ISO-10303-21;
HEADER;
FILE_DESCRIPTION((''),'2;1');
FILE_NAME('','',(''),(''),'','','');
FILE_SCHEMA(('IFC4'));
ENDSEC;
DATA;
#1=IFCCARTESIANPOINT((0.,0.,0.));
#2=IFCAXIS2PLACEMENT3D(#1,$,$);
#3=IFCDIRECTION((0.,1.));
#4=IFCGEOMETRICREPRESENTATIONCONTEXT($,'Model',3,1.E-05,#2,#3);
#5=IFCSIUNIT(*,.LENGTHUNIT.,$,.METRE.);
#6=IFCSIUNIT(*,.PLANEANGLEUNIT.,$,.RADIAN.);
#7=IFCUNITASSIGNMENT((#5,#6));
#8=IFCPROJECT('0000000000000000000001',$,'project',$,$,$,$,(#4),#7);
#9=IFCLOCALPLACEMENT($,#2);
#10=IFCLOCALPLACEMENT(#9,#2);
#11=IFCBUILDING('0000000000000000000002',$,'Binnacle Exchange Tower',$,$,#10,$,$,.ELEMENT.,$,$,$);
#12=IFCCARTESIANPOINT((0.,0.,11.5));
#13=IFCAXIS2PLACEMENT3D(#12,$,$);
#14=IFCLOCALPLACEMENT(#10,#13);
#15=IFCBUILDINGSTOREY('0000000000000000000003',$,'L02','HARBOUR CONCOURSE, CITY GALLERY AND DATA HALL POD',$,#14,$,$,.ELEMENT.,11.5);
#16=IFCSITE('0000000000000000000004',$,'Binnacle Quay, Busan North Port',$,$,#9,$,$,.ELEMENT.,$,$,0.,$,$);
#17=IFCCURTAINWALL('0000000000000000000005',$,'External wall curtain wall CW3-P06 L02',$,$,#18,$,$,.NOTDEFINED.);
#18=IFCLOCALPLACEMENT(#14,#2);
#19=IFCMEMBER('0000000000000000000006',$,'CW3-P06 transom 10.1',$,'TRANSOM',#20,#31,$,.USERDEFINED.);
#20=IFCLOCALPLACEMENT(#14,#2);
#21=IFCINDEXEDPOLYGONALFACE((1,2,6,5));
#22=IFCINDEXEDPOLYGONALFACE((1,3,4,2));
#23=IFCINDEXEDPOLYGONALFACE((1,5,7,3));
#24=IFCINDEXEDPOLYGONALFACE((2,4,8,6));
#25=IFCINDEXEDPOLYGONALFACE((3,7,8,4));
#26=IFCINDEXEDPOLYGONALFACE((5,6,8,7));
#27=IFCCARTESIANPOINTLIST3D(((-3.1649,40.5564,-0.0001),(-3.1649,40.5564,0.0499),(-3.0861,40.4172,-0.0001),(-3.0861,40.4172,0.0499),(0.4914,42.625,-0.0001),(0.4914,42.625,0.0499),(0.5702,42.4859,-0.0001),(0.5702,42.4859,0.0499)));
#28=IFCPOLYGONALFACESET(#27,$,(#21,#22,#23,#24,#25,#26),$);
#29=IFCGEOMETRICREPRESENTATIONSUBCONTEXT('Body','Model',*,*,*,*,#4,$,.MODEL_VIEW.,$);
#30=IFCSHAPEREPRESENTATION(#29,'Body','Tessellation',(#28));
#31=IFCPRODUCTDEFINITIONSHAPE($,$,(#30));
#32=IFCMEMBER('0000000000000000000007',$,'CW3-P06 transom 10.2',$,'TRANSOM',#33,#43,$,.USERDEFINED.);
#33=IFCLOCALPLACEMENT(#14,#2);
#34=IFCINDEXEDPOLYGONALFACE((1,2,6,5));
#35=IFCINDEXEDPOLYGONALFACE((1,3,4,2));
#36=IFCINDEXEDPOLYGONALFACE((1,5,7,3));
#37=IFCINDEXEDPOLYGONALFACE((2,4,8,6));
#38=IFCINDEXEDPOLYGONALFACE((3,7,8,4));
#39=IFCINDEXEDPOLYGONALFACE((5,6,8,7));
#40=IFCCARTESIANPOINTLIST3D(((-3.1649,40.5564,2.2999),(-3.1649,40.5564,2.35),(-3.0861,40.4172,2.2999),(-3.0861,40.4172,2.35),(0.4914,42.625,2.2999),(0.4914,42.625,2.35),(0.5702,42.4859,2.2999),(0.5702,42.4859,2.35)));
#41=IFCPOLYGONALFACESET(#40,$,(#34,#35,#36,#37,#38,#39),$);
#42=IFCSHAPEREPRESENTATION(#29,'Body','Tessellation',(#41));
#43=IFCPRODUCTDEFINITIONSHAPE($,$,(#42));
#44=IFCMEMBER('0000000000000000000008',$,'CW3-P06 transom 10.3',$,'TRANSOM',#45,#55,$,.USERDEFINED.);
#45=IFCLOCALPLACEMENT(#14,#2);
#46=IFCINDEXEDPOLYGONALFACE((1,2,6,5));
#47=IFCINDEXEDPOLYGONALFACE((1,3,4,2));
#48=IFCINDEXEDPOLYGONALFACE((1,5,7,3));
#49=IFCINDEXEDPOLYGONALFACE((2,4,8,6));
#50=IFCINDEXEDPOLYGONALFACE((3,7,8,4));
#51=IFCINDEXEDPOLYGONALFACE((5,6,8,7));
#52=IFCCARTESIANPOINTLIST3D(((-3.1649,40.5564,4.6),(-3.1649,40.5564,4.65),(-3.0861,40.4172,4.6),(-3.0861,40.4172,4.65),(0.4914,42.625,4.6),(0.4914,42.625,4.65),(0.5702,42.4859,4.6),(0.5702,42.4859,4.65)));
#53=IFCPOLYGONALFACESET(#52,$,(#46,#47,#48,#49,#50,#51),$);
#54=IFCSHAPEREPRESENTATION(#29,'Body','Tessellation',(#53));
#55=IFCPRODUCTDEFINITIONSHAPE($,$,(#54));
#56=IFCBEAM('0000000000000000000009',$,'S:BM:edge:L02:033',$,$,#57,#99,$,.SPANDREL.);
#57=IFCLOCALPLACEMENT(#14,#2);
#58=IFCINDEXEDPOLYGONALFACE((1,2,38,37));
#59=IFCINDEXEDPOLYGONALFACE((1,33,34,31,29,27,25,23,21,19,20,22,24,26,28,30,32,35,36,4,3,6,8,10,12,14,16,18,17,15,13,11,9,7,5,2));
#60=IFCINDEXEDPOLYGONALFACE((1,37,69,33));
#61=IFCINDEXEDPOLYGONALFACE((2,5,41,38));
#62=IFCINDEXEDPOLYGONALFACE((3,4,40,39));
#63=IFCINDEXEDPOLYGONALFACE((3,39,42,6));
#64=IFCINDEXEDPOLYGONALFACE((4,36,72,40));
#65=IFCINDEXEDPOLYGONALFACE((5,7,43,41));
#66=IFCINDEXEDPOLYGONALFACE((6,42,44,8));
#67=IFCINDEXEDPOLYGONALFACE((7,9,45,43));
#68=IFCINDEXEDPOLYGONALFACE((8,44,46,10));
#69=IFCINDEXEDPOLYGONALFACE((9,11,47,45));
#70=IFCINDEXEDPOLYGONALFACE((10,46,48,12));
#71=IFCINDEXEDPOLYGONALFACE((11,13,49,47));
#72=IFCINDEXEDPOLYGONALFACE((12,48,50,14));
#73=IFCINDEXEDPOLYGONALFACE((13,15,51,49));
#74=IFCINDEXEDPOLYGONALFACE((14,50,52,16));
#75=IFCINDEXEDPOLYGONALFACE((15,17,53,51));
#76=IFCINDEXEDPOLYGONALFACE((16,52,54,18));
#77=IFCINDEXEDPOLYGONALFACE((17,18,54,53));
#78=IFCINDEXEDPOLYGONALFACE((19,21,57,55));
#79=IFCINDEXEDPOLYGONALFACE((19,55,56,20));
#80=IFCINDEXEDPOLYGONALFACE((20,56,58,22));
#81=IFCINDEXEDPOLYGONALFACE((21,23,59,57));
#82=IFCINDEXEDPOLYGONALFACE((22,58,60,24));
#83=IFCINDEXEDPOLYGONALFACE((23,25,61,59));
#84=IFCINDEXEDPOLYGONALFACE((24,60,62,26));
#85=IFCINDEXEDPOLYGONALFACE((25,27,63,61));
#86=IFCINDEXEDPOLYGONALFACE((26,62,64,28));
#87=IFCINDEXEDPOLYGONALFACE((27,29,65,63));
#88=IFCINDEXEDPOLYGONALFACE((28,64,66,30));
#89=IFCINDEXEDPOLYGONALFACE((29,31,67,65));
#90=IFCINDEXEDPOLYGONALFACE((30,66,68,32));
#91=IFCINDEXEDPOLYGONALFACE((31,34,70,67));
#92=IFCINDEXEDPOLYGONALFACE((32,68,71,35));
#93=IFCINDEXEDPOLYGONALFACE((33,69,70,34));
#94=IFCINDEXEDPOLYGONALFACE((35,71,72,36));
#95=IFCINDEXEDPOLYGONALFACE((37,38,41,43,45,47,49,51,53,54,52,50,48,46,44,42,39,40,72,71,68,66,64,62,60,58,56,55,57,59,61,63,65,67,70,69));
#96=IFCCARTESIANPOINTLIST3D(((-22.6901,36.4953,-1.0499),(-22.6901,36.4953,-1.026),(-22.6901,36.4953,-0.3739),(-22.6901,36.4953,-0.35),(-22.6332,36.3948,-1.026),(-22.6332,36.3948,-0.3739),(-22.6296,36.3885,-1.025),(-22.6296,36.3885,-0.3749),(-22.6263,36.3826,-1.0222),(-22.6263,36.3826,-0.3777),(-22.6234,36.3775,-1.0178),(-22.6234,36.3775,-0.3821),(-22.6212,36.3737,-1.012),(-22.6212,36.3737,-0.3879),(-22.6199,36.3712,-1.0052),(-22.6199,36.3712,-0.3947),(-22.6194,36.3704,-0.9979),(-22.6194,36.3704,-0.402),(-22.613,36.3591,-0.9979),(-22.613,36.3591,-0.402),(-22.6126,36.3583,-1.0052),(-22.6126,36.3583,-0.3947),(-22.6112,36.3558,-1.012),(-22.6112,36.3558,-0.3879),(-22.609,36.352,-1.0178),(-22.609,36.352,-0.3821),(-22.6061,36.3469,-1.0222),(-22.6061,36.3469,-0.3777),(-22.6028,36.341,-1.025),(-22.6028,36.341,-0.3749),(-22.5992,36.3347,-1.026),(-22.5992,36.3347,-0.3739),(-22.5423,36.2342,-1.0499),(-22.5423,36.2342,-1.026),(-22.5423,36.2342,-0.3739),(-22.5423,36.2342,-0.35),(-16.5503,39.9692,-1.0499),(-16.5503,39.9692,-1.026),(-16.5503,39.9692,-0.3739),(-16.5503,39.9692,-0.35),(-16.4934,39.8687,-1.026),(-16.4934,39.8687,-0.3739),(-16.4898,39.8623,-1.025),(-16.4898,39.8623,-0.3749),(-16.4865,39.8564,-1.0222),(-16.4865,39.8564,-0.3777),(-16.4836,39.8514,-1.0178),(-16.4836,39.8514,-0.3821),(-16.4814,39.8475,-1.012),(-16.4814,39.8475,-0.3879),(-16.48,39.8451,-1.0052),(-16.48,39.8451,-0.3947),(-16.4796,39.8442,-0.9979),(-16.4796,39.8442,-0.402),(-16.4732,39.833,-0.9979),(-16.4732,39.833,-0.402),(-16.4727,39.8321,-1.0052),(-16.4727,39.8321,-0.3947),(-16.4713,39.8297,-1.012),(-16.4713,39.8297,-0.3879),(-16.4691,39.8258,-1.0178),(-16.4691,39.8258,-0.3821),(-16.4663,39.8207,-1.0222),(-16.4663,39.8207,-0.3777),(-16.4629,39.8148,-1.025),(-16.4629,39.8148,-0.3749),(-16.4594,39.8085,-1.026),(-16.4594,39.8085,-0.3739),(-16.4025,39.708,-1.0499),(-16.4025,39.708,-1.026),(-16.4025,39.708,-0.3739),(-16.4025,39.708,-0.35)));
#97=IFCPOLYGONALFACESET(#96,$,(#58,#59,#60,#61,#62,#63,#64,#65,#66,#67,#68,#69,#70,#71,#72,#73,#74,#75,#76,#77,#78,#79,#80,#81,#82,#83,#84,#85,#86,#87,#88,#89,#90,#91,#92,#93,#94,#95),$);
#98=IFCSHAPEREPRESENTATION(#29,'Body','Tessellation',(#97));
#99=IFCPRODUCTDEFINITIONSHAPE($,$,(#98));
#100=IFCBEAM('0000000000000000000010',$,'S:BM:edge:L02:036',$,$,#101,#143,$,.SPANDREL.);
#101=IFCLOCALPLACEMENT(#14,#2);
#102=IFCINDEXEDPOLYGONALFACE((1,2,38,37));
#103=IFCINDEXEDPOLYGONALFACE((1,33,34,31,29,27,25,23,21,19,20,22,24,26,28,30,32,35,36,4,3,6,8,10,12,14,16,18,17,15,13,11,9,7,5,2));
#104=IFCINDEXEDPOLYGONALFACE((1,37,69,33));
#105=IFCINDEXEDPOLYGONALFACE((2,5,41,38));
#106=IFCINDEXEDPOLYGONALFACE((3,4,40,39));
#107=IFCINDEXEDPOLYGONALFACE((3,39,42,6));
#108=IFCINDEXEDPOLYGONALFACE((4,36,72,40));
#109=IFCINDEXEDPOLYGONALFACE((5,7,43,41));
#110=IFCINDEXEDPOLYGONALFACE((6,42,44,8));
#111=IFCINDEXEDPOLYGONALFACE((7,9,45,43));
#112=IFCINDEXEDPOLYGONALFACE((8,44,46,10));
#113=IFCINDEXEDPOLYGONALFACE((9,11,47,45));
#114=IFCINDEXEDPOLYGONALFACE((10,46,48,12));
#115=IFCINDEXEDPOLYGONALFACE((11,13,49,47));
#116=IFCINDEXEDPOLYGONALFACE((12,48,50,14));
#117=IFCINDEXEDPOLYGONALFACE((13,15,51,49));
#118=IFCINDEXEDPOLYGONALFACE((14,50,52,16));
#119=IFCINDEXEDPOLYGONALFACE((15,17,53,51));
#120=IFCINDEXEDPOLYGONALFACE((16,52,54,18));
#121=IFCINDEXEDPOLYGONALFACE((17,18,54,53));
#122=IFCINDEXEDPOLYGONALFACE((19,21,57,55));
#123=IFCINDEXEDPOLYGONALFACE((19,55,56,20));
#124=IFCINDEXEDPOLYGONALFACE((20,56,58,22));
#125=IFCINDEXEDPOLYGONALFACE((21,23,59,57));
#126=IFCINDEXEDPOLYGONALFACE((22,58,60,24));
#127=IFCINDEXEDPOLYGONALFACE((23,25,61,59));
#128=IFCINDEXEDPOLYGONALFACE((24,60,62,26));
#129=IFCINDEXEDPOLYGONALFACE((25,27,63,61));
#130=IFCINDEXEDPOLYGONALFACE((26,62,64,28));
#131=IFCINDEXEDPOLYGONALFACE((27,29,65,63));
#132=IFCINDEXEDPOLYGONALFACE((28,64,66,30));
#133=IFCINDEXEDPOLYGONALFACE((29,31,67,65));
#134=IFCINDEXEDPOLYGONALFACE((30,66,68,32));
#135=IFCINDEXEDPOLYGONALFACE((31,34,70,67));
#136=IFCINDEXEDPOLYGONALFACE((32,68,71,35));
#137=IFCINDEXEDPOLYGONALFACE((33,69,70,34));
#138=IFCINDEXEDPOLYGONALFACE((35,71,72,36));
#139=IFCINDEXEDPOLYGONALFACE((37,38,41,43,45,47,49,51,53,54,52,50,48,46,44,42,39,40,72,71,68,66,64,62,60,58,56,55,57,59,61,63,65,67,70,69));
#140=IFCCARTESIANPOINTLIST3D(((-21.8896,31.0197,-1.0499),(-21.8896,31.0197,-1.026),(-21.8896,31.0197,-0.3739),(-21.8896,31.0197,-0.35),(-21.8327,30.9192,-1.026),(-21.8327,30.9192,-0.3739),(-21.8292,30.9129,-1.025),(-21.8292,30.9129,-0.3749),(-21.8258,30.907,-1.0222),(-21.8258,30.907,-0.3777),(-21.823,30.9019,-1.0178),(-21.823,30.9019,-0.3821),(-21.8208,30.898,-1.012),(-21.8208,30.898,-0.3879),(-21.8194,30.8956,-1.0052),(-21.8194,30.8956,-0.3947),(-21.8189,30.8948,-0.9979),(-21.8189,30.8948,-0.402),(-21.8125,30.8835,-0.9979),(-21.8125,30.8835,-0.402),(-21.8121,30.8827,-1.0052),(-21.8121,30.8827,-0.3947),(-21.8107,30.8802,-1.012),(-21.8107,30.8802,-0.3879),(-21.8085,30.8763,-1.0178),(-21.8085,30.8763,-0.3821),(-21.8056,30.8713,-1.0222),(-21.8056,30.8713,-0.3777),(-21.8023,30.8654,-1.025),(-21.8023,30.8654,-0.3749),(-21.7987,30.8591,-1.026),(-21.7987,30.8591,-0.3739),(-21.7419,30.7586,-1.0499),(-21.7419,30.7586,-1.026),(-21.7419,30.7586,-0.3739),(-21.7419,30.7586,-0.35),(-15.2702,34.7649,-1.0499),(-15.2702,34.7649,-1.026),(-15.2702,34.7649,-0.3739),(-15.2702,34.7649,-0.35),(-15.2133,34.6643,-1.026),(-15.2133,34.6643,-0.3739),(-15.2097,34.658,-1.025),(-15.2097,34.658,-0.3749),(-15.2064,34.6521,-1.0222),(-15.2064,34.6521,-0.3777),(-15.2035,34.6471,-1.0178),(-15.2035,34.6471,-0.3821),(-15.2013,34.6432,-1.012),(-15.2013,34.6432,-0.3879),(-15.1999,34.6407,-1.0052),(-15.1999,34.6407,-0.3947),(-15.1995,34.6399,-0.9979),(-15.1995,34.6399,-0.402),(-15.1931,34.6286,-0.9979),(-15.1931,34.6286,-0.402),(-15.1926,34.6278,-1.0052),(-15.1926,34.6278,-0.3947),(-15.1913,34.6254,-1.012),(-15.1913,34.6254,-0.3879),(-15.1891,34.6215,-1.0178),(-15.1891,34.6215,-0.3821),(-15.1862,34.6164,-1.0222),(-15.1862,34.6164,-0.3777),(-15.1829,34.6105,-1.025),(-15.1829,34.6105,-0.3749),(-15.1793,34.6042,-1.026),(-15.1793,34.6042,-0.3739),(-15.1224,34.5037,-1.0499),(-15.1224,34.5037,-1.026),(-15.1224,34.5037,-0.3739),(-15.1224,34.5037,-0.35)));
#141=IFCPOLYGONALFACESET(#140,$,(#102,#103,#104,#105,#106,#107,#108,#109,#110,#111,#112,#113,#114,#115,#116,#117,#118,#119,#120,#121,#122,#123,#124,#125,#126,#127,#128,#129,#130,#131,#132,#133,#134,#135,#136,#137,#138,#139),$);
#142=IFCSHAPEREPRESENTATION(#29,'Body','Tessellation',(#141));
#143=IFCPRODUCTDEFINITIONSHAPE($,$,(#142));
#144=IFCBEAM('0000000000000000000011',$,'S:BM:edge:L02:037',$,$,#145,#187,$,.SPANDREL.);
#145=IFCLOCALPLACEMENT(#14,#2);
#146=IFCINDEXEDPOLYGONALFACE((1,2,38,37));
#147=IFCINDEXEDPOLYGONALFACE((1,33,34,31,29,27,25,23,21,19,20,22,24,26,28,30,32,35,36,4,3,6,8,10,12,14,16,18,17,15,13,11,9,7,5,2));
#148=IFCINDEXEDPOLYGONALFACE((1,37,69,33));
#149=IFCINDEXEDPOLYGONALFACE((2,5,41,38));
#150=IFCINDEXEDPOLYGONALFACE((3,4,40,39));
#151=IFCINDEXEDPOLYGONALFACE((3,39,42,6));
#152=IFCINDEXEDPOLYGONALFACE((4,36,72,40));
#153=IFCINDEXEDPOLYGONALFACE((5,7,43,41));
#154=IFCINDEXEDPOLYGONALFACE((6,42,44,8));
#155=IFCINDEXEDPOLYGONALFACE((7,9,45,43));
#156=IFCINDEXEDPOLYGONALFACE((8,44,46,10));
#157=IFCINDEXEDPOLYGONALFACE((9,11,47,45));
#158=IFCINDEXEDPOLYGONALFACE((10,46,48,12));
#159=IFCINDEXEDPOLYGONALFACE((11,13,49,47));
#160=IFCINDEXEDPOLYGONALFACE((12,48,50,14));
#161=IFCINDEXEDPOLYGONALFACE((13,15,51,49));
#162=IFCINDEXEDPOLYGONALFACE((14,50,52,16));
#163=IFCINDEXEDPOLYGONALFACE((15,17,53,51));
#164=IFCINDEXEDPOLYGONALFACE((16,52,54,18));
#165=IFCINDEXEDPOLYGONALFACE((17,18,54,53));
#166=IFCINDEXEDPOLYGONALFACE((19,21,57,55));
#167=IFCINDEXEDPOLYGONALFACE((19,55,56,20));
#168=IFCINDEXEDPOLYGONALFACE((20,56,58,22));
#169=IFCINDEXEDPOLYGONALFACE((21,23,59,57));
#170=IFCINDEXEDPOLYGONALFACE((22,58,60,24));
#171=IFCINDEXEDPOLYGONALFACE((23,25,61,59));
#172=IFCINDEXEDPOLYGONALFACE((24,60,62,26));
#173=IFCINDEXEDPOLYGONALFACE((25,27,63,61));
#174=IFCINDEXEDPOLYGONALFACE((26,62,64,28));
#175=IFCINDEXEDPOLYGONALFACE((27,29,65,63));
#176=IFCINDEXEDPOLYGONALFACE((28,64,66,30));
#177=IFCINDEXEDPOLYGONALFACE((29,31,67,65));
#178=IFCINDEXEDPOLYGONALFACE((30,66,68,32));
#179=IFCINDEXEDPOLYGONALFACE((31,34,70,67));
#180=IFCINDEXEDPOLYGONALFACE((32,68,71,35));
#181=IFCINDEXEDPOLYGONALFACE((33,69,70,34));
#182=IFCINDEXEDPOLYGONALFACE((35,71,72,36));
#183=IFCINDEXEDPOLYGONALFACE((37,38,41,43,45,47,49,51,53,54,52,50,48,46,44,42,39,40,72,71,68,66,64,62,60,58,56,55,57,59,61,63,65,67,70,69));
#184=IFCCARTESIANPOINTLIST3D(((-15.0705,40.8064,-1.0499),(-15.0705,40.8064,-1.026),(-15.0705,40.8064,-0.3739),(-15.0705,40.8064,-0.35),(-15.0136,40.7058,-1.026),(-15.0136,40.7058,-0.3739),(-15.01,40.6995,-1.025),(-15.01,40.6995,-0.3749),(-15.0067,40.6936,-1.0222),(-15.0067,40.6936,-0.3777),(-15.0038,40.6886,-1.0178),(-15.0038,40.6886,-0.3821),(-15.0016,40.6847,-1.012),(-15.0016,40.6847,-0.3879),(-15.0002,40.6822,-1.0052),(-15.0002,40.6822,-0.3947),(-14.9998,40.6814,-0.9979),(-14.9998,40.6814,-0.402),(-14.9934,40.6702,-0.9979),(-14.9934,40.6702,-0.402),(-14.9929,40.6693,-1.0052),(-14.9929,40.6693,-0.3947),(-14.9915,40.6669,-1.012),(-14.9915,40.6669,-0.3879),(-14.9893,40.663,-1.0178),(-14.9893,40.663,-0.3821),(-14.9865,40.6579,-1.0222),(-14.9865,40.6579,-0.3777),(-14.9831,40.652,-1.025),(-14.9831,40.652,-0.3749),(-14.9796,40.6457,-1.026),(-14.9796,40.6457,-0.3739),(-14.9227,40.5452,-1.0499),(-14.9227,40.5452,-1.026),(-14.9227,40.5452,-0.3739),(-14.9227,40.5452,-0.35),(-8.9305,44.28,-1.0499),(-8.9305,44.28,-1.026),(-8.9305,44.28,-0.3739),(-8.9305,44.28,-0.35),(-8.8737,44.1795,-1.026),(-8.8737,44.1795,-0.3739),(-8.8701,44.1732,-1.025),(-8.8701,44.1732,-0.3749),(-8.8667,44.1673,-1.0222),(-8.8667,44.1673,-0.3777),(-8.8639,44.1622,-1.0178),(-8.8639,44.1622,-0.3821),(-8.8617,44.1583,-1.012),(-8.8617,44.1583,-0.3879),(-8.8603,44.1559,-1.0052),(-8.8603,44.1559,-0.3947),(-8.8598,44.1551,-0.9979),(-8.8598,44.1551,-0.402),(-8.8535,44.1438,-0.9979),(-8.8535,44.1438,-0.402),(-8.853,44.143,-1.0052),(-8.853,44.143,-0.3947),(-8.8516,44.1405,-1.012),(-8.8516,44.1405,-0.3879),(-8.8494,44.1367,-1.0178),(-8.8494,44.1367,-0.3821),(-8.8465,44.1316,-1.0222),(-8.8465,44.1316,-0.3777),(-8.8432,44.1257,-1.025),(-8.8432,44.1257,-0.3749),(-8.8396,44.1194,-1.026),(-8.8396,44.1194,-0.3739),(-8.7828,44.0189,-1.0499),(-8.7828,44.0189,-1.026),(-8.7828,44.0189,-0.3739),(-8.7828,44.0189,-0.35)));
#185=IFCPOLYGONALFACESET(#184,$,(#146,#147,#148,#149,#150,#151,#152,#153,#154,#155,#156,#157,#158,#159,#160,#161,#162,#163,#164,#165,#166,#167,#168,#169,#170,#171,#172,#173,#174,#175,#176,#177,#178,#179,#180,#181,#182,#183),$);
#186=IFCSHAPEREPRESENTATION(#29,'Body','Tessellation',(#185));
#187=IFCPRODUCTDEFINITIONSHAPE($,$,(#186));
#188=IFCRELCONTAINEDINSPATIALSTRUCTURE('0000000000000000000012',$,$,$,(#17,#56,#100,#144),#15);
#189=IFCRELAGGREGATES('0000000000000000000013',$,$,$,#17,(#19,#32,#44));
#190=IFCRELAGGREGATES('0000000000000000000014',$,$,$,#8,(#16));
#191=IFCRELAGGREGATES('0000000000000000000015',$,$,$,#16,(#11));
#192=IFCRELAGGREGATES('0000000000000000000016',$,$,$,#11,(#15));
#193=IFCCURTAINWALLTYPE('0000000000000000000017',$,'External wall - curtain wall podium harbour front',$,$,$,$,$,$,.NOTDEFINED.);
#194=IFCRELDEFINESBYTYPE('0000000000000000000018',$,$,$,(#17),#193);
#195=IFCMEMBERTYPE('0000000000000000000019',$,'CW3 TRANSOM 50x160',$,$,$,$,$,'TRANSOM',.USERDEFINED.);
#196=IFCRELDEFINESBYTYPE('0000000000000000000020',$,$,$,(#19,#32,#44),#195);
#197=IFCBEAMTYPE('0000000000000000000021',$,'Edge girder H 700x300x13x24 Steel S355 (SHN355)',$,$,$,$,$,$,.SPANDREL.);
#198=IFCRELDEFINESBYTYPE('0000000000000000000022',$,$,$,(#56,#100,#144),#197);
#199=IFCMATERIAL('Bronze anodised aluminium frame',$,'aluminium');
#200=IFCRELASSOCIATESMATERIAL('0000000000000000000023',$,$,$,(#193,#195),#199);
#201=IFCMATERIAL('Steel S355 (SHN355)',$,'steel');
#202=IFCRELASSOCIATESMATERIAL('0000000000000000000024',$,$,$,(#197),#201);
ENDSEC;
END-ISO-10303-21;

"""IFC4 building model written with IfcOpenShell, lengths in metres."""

from ifc_helpers import new_model, si_unit, direction, frame, origin, origin_2d, place, context, subcontext, project, spatial, rectangle, i_section, extrude, material, material_profile, profile_set, type_object, element, aggregate, save


model = new_model("IFC4")

# Units and contexts
model_context = context("Model", 3, precision=1e-05, world=origin(), true_north=direction((0.0, 1.0)))
body_context = subcontext(model_context, "Body", "Model", "MODEL_VIEW")
ifc_project = project(units=[si_unit("LENGTHUNIT", "METRE"), si_unit("PLANEANGLEUNIT", "RADIAN")], contexts=[model_context])

# Site, building, storey
site_placement = place(None, origin())
site = spatial("IfcSite", under=ifc_project, at=site_placement, Name="Binnacle Quay, Busan North Port", CompositionType="ELEMENT", RefElevation=0.0)
building_placement = place(site_placement, origin())
building = spatial("IfcBuilding", under=site, at=building_placement, Name="Binnacle Exchange Tower", CompositionType="ELEMENT")
storey_placement = place(building_placement, frame((0.0, 0.0, 11.5)))
storey = spatial("IfcBuildingStorey", under=building, at=storey_placement, Name="L02", Description="HARBOUR CONCOURSE, CITY GALLERY AND DATA HALL POD", CompositionType="ELEMENT", Elevation=11.5)

# Curtain wall, members
ifc_material_1 = material(Name="Bronze anodised aluminium frame", Category="aluminium")
curtain_wall_type = type_object("IfcCurtainWallType", Name="External wall - curtain wall podium harbour front", PredefinedType="NOTDEFINED", material=ifc_material_1)
curtain_wall_placement = place(storey_placement, origin())
curtain_wall = element("IfcCurtainWall", 1, at=curtain_wall_placement, inside=storey, type_object=curtain_wall_type, Name="External wall curtain wall CW3-P06 L02", PredefinedType="NOTDEFINED")
ifc_material_profile_1 = material_profile(ifc_material_1, rectangle(XDim=0.1599, YDim=0.05, at=origin_2d()), Name="AL 160x50")
ifc_profile_set_1 = profile_set([ifc_material_profile_1], Name="Bronze anodised aluminium frame")
member_type_1 = type_object("IfcMemberType", Name="CW3 TRANSOM 50x160", ElementType="TRANSOM", PredefinedType="USERDEFINED", material=ifc_profile_set_1)
member_1_placement = place(storey_placement, frame((-3.1255, 40.4868, 0.0249), z_axis=(0.870356, 0.492423, 0.0), x_axis=(-0.492423, 0.870356, 0.0)))
member_1 = element("IfcMember", 2, at=member_1_placement, type_object=member_type_1, Name="CW3-P06 transom 10.1", ObjectType="TRANSOM", PredefinedType="USERDEFINED", context=body_context, shape_type="SweptSolid", body=[
    extrude(rectangle(XDim=0.1599, YDim=0.05, at=origin_2d()), origin(), (0.0, 0.0, 1.0), 4.2009),
])
member_2_placement = place(storey_placement, frame((-3.1255, 40.4868, 2.325), z_axis=(0.870356, 0.492423, 0.0), x_axis=(-0.492423, 0.870356, 0.0)))
member_2 = element("IfcMember", 3, at=member_2_placement, type_object=member_type_1, Name="CW3-P06 transom 10.2", ObjectType="TRANSOM", PredefinedType="USERDEFINED", context=body_context, shape_type="SweptSolid", body=[
    extrude(rectangle(XDim=0.1599, YDim=0.05, at=origin_2d()), origin(), (0.0, 0.0, 1.0), 4.2009),
])
member_3_placement = place(storey_placement, frame((-3.1255, 40.4868, 4.625), z_axis=(0.870356, 0.492423, 0.0), x_axis=(-0.492423, 0.870356, 0.0)))
member_3 = element("IfcMember", 4, at=member_3_placement, type_object=member_type_1, Name="CW3-P06 transom 10.3", ObjectType="TRANSOM", PredefinedType="USERDEFINED", context=body_context, shape_type="SweptSolid", body=[
    extrude(rectangle(XDim=0.1599, YDim=0.05, at=origin_2d()), origin(), (0.0, 0.0, 1.0), 4.2009),
])

# Beams
ifc_material_2 = material(Name="Steel S355 (SHN355)", Category="steel")
ifc_material_profile_2 = material_profile(ifc_material_2, i_section(OverallWidth=0.3, OverallDepth=0.7, WebThickness=0.0129, FlangeThickness=0.0239, FilletRadius=0.0281, at=origin_2d()), Name="H 700x300x13x24")
ifc_profile_set_2 = profile_set([ifc_material_profile_2], Name="Steel S355 (SHN355)")
beam_type_1 = type_object("IfcBeamType", Name="Edge girder H 700x300x13x24 Steel S355 (SHN355)", PredefinedType="SPANDREL", material=ifc_profile_set_2)
beam_1_placement = place(storey_placement, frame((-22.6162, 36.3647, -0.7), z_axis=(0.87035, 0.492434, 0.0), x_axis=(-0.492434, 0.87035, 0.0)))
element("IfcBeam", 5, at=beam_1_placement, inside=storey, type_object=beam_type_1, Name="S:BM:edge:L02:033", PredefinedType="SPANDREL", context=body_context, shape_type="SweptSolid", body=[
    extrude(i_section(OverallWidth=0.3, OverallDepth=0.7, WebThickness=0.0129, FlangeThickness=0.0239, FilletRadius=0.0281, at=origin_2d()), origin(), (0.0, 0.0, 1.0), 7.0544),
])
beam_2_placement = place(storey_placement, frame((-15.1963, 34.6343, -0.7), z_axis=(-0.870353, -0.492428, 0.0), x_axis=(0.492428, -0.870353, 0.0)))
element("IfcBeam", 6, at=beam_2_placement, inside=storey, type_object=beam_type_1, Name="S:BM:edge:L02:036", PredefinedType="SPANDREL", context=body_context, shape_type="SweptSolid", body=[
    extrude(i_section(OverallWidth=0.3, OverallDepth=0.7, WebThickness=0.0129, FlangeThickness=0.0239, FilletRadius=0.0281, at=origin_2d()), origin(), (0.0, 0.0, 1.0), 7.6055),
])
beam_3_placement = place(storey_placement, frame((-14.9966, 40.6758, -0.7), z_axis=(0.870365, 0.492407, 0.0), x_axis=(-0.492407, 0.870365, 0.0)))
element("IfcBeam", 7, at=beam_3_placement, inside=storey, type_object=beam_type_1, Name="S:BM:edge:L02:037", PredefinedType="SPANDREL", context=body_context, shape_type="SweptSolid", body=[
    extrude(i_section(OverallWidth=0.3, OverallDepth=0.7, WebThickness=0.0129, FlangeThickness=0.0239, FilletRadius=0.0281, at=origin_2d()), origin(), (0.0, 0.0, 1.0), 7.0544),
])

aggregate(curtain_wall, [member_1, member_2, member_3])

save(model, "model.ifc")
